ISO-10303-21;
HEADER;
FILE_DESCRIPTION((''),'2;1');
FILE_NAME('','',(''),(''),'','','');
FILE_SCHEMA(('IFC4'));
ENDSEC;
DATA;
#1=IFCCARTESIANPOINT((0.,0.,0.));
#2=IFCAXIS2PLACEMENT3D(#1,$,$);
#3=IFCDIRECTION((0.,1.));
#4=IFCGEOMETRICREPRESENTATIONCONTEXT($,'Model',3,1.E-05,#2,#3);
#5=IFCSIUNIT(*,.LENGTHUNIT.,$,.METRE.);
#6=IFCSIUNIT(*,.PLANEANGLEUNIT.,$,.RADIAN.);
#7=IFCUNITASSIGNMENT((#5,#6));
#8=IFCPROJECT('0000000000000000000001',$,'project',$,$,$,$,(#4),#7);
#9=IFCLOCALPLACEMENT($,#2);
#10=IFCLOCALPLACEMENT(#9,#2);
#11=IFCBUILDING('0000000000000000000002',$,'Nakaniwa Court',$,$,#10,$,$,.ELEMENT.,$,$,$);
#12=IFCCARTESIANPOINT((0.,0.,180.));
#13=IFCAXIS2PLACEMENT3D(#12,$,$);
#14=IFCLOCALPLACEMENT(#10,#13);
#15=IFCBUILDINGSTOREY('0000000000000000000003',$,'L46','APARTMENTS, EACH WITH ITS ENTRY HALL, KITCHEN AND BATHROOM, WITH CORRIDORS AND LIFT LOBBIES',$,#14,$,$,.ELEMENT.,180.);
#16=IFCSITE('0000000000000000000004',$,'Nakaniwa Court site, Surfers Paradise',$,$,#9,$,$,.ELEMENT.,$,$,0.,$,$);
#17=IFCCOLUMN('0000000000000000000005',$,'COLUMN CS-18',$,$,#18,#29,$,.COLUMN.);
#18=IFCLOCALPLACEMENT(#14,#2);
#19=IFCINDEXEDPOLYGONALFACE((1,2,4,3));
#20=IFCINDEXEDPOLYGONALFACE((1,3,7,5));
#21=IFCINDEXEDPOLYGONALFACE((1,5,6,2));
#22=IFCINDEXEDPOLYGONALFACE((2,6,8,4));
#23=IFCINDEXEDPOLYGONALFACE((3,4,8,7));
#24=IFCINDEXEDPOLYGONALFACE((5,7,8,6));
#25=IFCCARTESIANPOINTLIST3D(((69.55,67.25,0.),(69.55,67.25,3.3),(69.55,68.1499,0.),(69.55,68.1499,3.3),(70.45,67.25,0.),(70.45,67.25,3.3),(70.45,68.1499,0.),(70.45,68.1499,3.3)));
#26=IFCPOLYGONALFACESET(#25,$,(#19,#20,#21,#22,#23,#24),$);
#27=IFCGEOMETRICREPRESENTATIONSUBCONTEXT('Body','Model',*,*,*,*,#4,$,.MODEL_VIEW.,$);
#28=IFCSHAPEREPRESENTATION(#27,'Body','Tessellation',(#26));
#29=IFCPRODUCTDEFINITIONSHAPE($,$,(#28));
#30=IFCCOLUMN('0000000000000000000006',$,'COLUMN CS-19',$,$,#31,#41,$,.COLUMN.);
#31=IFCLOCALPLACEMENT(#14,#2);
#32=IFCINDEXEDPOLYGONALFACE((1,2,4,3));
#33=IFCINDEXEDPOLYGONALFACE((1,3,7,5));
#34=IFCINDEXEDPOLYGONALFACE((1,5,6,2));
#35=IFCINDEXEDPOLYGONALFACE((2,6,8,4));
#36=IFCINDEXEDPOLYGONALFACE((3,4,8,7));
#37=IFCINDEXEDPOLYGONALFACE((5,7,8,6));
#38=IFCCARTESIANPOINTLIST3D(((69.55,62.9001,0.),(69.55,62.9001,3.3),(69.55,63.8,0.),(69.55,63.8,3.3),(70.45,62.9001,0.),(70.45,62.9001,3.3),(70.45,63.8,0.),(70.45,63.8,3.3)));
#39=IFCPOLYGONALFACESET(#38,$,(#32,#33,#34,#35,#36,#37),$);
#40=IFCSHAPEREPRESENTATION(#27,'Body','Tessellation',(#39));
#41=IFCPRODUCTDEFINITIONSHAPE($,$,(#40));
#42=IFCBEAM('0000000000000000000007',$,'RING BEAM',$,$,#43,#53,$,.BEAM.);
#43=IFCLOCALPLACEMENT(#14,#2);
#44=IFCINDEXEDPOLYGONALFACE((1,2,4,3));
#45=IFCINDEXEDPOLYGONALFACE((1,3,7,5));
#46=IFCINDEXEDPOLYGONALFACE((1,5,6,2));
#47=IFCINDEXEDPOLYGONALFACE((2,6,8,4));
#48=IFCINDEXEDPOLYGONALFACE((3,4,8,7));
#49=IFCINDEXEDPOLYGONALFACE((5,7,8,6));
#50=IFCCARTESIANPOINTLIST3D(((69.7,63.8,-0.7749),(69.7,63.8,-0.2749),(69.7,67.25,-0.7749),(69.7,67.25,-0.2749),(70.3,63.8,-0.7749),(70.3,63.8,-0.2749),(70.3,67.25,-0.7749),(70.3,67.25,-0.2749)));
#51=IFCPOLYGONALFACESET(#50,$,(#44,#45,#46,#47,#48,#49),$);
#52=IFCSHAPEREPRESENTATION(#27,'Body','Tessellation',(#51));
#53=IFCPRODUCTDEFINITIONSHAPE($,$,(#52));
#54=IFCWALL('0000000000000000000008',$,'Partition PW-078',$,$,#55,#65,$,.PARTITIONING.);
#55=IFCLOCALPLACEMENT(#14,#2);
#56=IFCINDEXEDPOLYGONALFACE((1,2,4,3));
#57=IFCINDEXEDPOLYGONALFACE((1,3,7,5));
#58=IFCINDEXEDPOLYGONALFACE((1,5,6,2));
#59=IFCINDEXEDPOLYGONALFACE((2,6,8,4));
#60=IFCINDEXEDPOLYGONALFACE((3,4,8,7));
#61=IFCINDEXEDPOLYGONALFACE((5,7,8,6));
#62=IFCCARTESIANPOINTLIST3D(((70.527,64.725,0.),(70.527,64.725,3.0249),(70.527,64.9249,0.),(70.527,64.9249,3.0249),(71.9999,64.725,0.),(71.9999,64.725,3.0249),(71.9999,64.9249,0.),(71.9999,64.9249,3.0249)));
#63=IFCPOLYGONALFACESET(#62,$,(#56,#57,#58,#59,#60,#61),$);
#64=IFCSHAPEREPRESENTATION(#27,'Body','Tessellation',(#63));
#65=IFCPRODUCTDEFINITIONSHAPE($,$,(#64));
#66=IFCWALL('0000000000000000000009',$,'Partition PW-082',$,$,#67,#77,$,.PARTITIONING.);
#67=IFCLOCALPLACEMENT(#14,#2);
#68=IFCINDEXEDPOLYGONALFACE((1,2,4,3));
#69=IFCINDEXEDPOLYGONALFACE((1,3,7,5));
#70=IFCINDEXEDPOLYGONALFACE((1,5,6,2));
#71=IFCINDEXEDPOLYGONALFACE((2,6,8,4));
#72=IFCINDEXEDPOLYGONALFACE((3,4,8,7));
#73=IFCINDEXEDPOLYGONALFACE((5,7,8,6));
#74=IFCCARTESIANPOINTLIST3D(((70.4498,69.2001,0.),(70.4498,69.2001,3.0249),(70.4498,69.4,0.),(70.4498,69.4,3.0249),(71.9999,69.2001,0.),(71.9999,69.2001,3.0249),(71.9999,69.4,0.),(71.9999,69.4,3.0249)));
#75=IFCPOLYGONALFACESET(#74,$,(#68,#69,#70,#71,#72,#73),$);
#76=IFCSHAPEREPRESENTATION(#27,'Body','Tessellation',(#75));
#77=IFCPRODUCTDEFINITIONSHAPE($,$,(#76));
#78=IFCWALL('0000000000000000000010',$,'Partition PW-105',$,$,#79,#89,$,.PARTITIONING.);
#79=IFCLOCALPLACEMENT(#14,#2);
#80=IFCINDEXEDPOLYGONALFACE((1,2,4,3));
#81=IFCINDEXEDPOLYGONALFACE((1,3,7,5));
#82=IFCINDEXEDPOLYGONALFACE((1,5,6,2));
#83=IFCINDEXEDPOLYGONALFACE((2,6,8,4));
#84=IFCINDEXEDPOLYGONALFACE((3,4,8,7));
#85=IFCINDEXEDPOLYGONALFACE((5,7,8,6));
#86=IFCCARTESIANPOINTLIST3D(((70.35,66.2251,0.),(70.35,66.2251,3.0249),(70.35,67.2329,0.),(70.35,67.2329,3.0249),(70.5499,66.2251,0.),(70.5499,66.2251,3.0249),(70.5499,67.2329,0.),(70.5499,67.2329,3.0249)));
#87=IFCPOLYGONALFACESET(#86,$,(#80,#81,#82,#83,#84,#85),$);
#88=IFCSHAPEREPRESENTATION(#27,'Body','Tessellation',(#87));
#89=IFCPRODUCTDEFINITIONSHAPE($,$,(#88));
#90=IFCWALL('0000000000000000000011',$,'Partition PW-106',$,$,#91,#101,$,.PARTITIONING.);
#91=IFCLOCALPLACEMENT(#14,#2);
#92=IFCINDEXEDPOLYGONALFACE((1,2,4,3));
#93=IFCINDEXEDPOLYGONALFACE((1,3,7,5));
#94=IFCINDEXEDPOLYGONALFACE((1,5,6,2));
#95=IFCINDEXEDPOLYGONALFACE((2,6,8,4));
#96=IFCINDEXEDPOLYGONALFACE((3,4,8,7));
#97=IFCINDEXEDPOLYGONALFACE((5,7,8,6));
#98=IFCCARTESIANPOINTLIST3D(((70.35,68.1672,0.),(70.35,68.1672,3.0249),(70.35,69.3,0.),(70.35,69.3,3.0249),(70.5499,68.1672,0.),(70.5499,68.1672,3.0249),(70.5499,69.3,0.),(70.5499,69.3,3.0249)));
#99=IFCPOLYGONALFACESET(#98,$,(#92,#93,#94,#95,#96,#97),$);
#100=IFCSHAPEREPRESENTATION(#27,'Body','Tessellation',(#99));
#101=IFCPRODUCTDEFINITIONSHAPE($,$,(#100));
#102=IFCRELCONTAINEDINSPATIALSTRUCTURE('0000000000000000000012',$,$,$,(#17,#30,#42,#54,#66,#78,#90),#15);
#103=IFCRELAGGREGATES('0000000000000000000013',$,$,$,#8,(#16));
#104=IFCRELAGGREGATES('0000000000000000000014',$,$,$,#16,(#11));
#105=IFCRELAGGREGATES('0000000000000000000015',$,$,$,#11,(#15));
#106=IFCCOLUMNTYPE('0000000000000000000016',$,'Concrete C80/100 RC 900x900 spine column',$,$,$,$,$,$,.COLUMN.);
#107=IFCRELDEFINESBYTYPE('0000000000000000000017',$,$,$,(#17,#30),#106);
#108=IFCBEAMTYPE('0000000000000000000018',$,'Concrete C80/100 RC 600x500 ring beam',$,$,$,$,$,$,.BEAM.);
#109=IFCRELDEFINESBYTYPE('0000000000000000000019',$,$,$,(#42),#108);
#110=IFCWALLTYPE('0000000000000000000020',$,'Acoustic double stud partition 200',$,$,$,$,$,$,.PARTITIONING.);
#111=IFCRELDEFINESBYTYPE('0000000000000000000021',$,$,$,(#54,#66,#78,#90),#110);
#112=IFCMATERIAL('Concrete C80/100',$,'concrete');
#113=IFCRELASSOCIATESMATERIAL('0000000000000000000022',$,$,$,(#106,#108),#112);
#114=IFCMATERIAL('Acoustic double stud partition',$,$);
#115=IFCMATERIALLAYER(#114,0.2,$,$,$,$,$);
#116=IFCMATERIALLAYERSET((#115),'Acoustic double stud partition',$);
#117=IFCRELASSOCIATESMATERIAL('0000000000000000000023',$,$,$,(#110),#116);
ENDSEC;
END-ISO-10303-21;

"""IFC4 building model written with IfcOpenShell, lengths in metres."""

from ifc_helpers import new_model, si_unit, direction, frame, frame_2d, origin, origin_2d, place, context, subcontext, project, spatial, rectangle, extrude, material, layer, layer_set, material_profile, profile_set, type_object, element, save


model = new_model("IFC4")

# Units and contexts
model_context = context("Model", 3, precision=1e-05, world=origin(), true_north=direction((0.0, 1.0)))
body_context = subcontext(model_context, "Body", "Model", "MODEL_VIEW")
ifc_project = project(units=[si_unit("LENGTHUNIT", "METRE"), si_unit("PLANEANGLEUNIT", "RADIAN")], contexts=[model_context])

# Site, building, storey
site_placement = place(None, origin())
site = spatial("IfcSite", under=ifc_project, at=site_placement, Name="Nakaniwa Court site, Surfers Paradise", CompositionType="ELEMENT", RefElevation=0.0)
building_placement = place(site_placement, origin())
building = spatial("IfcBuilding", under=site, at=building_placement, Name="Nakaniwa Court", CompositionType="ELEMENT")
storey_placement = place(building_placement, frame((0.0, 0.0, 180.0)))
storey = spatial("IfcBuildingStorey", under=building, at=storey_placement, Name="L46", Description="APARTMENTS, EACH WITH ITS ENTRY HALL, KITCHEN AND BATHROOM, WITH CORRIDORS AND LIFT LOBBIES", CompositionType="ELEMENT", Elevation=180.0)

# Columns
ifc_material_1 = material(Name="Concrete C80/100", Category="concrete")
ifc_material_profile_1 = material_profile(ifc_material_1, rectangle(XDim=0.8999, YDim=0.8999, at=origin_2d()), Name="Concrete C80/100 RC 900x900 spine column")
ifc_profile_set_1 = profile_set([ifc_material_profile_1], Name="Concrete C80/100")
column_type = type_object("IfcColumnType", Name="Concrete C80/100 RC 900x900 spine column", PredefinedType="COLUMN", material=ifc_profile_set_1)
for number, where, z_axis, x_axis, name in (
    (1, (70.0, 67.7, 0.0), (0.0, 0.0, 1.0), (0.0, -1.0, 0.0), "COLUMN CS-18"),
    (2, (70.0, 63.3501, 0.0), (0.0, 0.0, 1.0), (0.0, -1.0, 0.0), "COLUMN CS-19"),
):
    element("IfcColumn", number, at=place(storey_placement, frame(where, z_axis=z_axis, x_axis=x_axis)), inside=storey, type_object=column_type, Name=name, PredefinedType="COLUMN", context=body_context, shape_type="SweptSolid", body=[
        extrude(rectangle(XDim=0.8999, YDim=0.8999, at=origin_2d()), origin(), (0.0, 0.0, 1.0), 3.3),
    ])

# Beam
ifc_material_profile_2 = material_profile(ifc_material_1, rectangle(XDim=0.6001, YDim=0.5, at=origin_2d()), Name="Concrete C80/100 RC 600x500 ring beam")
ifc_profile_set_2 = profile_set([ifc_material_profile_2], Name="Concrete C80/100")
beam_type = type_object("IfcBeamType", Name="Concrete C80/100 RC 600x500 ring beam", PredefinedType="BEAM", material=ifc_profile_set_2)
beam_placement = place(storey_placement, frame((70.0, 67.25, -0.5249), z_axis=(0.0, -1.0, 0.0), x_axis=(1.0, 0.0, 0.0)))
element("IfcBeam", 3, at=beam_placement, inside=storey, type_object=beam_type, Name="RING BEAM", PredefinedType="BEAM", context=body_context, shape_type="SweptSolid", body=[
    extrude(rectangle(XDim=0.6001, YDim=0.5, at=origin_2d()), origin(), (0.0, 0.0, 1.0), 3.45),
])

# Walls
ifc_material_2 = material(Name="Acoustic double stud partition")
ifc_layer_1 = layer(ifc_material_2, 0.2)
ifc_layer_set_1 = layer_set([ifc_layer_1], Name="Acoustic double stud partition")
wall_type_1 = type_object("IfcWallType", Name="Acoustic double stud partition 200", PredefinedType="PARTITIONING", material=ifc_layer_set_1)
wall_1_placement = place(storey_placement, frame((70.5271, 64.825, 0.0), z_axis=(0.0, 0.0, 1.0), x_axis=(1.0, 0.0, 0.0)))
element("IfcWall", 4, at=wall_1_placement, inside=storey, type_object=wall_type_1, Name="Partition PW-078", PredefinedType="PARTITIONING", context=body_context, shape_type="SweptSolid", body=[
    extrude(rectangle(XDim=1.4729, YDim=0.2, at=frame_2d((0.7363, 0.0))), origin(), (0.0, 0.0, 1.0), 3.0249),
])
wall_2_placement = place(storey_placement, frame((70.45, 69.3, 0.0), z_axis=(0.0, 0.0, 1.0), x_axis=(1.0, 0.0, 0.0)))
element("IfcWall", 5, at=wall_2_placement, inside=storey, type_object=wall_type_1, Name="Partition PW-082", PredefinedType="PARTITIONING", context=body_context, shape_type="SweptSolid", body=[
    extrude(rectangle(XDim=1.55, YDim=0.2, at=frame_2d((0.7749, 0.0))), origin(), (0.0, 0.0, 1.0), 3.0249),
])
wall_3_placement = place(storey_placement, frame((70.45, 66.2251, 0.0), z_axis=(0.0, 0.0, 1.0), x_axis=(0.0, 1.0, 0.0)))
element("IfcWall", 6, at=wall_3_placement, inside=storey, type_object=wall_type_1, Name="Partition PW-105", PredefinedType="PARTITIONING", context=body_context, shape_type="SweptSolid", body=[
    extrude(rectangle(XDim=1.0078, YDim=0.2, at=frame_2d((0.5039, 0.0))), origin(), (0.0, 0.0, 1.0), 3.0249),
])
wall_4_placement = place(storey_placement, frame((70.45, 68.1672, 0.0), z_axis=(0.0, 0.0, 1.0), x_axis=(0.0, 1.0, 0.0)))
element("IfcWall", 7, at=wall_4_placement, inside=storey, type_object=wall_type_1, Name="Partition PW-106", PredefinedType="PARTITIONING", context=body_context, shape_type="SweptSolid", body=[
    extrude(rectangle(XDim=1.1328, YDim=0.2, at=frame_2d((0.5664, 0.0))), origin(), (0.0, 0.0, 1.0), 3.0249),
])

save(model, "model.ifc")
